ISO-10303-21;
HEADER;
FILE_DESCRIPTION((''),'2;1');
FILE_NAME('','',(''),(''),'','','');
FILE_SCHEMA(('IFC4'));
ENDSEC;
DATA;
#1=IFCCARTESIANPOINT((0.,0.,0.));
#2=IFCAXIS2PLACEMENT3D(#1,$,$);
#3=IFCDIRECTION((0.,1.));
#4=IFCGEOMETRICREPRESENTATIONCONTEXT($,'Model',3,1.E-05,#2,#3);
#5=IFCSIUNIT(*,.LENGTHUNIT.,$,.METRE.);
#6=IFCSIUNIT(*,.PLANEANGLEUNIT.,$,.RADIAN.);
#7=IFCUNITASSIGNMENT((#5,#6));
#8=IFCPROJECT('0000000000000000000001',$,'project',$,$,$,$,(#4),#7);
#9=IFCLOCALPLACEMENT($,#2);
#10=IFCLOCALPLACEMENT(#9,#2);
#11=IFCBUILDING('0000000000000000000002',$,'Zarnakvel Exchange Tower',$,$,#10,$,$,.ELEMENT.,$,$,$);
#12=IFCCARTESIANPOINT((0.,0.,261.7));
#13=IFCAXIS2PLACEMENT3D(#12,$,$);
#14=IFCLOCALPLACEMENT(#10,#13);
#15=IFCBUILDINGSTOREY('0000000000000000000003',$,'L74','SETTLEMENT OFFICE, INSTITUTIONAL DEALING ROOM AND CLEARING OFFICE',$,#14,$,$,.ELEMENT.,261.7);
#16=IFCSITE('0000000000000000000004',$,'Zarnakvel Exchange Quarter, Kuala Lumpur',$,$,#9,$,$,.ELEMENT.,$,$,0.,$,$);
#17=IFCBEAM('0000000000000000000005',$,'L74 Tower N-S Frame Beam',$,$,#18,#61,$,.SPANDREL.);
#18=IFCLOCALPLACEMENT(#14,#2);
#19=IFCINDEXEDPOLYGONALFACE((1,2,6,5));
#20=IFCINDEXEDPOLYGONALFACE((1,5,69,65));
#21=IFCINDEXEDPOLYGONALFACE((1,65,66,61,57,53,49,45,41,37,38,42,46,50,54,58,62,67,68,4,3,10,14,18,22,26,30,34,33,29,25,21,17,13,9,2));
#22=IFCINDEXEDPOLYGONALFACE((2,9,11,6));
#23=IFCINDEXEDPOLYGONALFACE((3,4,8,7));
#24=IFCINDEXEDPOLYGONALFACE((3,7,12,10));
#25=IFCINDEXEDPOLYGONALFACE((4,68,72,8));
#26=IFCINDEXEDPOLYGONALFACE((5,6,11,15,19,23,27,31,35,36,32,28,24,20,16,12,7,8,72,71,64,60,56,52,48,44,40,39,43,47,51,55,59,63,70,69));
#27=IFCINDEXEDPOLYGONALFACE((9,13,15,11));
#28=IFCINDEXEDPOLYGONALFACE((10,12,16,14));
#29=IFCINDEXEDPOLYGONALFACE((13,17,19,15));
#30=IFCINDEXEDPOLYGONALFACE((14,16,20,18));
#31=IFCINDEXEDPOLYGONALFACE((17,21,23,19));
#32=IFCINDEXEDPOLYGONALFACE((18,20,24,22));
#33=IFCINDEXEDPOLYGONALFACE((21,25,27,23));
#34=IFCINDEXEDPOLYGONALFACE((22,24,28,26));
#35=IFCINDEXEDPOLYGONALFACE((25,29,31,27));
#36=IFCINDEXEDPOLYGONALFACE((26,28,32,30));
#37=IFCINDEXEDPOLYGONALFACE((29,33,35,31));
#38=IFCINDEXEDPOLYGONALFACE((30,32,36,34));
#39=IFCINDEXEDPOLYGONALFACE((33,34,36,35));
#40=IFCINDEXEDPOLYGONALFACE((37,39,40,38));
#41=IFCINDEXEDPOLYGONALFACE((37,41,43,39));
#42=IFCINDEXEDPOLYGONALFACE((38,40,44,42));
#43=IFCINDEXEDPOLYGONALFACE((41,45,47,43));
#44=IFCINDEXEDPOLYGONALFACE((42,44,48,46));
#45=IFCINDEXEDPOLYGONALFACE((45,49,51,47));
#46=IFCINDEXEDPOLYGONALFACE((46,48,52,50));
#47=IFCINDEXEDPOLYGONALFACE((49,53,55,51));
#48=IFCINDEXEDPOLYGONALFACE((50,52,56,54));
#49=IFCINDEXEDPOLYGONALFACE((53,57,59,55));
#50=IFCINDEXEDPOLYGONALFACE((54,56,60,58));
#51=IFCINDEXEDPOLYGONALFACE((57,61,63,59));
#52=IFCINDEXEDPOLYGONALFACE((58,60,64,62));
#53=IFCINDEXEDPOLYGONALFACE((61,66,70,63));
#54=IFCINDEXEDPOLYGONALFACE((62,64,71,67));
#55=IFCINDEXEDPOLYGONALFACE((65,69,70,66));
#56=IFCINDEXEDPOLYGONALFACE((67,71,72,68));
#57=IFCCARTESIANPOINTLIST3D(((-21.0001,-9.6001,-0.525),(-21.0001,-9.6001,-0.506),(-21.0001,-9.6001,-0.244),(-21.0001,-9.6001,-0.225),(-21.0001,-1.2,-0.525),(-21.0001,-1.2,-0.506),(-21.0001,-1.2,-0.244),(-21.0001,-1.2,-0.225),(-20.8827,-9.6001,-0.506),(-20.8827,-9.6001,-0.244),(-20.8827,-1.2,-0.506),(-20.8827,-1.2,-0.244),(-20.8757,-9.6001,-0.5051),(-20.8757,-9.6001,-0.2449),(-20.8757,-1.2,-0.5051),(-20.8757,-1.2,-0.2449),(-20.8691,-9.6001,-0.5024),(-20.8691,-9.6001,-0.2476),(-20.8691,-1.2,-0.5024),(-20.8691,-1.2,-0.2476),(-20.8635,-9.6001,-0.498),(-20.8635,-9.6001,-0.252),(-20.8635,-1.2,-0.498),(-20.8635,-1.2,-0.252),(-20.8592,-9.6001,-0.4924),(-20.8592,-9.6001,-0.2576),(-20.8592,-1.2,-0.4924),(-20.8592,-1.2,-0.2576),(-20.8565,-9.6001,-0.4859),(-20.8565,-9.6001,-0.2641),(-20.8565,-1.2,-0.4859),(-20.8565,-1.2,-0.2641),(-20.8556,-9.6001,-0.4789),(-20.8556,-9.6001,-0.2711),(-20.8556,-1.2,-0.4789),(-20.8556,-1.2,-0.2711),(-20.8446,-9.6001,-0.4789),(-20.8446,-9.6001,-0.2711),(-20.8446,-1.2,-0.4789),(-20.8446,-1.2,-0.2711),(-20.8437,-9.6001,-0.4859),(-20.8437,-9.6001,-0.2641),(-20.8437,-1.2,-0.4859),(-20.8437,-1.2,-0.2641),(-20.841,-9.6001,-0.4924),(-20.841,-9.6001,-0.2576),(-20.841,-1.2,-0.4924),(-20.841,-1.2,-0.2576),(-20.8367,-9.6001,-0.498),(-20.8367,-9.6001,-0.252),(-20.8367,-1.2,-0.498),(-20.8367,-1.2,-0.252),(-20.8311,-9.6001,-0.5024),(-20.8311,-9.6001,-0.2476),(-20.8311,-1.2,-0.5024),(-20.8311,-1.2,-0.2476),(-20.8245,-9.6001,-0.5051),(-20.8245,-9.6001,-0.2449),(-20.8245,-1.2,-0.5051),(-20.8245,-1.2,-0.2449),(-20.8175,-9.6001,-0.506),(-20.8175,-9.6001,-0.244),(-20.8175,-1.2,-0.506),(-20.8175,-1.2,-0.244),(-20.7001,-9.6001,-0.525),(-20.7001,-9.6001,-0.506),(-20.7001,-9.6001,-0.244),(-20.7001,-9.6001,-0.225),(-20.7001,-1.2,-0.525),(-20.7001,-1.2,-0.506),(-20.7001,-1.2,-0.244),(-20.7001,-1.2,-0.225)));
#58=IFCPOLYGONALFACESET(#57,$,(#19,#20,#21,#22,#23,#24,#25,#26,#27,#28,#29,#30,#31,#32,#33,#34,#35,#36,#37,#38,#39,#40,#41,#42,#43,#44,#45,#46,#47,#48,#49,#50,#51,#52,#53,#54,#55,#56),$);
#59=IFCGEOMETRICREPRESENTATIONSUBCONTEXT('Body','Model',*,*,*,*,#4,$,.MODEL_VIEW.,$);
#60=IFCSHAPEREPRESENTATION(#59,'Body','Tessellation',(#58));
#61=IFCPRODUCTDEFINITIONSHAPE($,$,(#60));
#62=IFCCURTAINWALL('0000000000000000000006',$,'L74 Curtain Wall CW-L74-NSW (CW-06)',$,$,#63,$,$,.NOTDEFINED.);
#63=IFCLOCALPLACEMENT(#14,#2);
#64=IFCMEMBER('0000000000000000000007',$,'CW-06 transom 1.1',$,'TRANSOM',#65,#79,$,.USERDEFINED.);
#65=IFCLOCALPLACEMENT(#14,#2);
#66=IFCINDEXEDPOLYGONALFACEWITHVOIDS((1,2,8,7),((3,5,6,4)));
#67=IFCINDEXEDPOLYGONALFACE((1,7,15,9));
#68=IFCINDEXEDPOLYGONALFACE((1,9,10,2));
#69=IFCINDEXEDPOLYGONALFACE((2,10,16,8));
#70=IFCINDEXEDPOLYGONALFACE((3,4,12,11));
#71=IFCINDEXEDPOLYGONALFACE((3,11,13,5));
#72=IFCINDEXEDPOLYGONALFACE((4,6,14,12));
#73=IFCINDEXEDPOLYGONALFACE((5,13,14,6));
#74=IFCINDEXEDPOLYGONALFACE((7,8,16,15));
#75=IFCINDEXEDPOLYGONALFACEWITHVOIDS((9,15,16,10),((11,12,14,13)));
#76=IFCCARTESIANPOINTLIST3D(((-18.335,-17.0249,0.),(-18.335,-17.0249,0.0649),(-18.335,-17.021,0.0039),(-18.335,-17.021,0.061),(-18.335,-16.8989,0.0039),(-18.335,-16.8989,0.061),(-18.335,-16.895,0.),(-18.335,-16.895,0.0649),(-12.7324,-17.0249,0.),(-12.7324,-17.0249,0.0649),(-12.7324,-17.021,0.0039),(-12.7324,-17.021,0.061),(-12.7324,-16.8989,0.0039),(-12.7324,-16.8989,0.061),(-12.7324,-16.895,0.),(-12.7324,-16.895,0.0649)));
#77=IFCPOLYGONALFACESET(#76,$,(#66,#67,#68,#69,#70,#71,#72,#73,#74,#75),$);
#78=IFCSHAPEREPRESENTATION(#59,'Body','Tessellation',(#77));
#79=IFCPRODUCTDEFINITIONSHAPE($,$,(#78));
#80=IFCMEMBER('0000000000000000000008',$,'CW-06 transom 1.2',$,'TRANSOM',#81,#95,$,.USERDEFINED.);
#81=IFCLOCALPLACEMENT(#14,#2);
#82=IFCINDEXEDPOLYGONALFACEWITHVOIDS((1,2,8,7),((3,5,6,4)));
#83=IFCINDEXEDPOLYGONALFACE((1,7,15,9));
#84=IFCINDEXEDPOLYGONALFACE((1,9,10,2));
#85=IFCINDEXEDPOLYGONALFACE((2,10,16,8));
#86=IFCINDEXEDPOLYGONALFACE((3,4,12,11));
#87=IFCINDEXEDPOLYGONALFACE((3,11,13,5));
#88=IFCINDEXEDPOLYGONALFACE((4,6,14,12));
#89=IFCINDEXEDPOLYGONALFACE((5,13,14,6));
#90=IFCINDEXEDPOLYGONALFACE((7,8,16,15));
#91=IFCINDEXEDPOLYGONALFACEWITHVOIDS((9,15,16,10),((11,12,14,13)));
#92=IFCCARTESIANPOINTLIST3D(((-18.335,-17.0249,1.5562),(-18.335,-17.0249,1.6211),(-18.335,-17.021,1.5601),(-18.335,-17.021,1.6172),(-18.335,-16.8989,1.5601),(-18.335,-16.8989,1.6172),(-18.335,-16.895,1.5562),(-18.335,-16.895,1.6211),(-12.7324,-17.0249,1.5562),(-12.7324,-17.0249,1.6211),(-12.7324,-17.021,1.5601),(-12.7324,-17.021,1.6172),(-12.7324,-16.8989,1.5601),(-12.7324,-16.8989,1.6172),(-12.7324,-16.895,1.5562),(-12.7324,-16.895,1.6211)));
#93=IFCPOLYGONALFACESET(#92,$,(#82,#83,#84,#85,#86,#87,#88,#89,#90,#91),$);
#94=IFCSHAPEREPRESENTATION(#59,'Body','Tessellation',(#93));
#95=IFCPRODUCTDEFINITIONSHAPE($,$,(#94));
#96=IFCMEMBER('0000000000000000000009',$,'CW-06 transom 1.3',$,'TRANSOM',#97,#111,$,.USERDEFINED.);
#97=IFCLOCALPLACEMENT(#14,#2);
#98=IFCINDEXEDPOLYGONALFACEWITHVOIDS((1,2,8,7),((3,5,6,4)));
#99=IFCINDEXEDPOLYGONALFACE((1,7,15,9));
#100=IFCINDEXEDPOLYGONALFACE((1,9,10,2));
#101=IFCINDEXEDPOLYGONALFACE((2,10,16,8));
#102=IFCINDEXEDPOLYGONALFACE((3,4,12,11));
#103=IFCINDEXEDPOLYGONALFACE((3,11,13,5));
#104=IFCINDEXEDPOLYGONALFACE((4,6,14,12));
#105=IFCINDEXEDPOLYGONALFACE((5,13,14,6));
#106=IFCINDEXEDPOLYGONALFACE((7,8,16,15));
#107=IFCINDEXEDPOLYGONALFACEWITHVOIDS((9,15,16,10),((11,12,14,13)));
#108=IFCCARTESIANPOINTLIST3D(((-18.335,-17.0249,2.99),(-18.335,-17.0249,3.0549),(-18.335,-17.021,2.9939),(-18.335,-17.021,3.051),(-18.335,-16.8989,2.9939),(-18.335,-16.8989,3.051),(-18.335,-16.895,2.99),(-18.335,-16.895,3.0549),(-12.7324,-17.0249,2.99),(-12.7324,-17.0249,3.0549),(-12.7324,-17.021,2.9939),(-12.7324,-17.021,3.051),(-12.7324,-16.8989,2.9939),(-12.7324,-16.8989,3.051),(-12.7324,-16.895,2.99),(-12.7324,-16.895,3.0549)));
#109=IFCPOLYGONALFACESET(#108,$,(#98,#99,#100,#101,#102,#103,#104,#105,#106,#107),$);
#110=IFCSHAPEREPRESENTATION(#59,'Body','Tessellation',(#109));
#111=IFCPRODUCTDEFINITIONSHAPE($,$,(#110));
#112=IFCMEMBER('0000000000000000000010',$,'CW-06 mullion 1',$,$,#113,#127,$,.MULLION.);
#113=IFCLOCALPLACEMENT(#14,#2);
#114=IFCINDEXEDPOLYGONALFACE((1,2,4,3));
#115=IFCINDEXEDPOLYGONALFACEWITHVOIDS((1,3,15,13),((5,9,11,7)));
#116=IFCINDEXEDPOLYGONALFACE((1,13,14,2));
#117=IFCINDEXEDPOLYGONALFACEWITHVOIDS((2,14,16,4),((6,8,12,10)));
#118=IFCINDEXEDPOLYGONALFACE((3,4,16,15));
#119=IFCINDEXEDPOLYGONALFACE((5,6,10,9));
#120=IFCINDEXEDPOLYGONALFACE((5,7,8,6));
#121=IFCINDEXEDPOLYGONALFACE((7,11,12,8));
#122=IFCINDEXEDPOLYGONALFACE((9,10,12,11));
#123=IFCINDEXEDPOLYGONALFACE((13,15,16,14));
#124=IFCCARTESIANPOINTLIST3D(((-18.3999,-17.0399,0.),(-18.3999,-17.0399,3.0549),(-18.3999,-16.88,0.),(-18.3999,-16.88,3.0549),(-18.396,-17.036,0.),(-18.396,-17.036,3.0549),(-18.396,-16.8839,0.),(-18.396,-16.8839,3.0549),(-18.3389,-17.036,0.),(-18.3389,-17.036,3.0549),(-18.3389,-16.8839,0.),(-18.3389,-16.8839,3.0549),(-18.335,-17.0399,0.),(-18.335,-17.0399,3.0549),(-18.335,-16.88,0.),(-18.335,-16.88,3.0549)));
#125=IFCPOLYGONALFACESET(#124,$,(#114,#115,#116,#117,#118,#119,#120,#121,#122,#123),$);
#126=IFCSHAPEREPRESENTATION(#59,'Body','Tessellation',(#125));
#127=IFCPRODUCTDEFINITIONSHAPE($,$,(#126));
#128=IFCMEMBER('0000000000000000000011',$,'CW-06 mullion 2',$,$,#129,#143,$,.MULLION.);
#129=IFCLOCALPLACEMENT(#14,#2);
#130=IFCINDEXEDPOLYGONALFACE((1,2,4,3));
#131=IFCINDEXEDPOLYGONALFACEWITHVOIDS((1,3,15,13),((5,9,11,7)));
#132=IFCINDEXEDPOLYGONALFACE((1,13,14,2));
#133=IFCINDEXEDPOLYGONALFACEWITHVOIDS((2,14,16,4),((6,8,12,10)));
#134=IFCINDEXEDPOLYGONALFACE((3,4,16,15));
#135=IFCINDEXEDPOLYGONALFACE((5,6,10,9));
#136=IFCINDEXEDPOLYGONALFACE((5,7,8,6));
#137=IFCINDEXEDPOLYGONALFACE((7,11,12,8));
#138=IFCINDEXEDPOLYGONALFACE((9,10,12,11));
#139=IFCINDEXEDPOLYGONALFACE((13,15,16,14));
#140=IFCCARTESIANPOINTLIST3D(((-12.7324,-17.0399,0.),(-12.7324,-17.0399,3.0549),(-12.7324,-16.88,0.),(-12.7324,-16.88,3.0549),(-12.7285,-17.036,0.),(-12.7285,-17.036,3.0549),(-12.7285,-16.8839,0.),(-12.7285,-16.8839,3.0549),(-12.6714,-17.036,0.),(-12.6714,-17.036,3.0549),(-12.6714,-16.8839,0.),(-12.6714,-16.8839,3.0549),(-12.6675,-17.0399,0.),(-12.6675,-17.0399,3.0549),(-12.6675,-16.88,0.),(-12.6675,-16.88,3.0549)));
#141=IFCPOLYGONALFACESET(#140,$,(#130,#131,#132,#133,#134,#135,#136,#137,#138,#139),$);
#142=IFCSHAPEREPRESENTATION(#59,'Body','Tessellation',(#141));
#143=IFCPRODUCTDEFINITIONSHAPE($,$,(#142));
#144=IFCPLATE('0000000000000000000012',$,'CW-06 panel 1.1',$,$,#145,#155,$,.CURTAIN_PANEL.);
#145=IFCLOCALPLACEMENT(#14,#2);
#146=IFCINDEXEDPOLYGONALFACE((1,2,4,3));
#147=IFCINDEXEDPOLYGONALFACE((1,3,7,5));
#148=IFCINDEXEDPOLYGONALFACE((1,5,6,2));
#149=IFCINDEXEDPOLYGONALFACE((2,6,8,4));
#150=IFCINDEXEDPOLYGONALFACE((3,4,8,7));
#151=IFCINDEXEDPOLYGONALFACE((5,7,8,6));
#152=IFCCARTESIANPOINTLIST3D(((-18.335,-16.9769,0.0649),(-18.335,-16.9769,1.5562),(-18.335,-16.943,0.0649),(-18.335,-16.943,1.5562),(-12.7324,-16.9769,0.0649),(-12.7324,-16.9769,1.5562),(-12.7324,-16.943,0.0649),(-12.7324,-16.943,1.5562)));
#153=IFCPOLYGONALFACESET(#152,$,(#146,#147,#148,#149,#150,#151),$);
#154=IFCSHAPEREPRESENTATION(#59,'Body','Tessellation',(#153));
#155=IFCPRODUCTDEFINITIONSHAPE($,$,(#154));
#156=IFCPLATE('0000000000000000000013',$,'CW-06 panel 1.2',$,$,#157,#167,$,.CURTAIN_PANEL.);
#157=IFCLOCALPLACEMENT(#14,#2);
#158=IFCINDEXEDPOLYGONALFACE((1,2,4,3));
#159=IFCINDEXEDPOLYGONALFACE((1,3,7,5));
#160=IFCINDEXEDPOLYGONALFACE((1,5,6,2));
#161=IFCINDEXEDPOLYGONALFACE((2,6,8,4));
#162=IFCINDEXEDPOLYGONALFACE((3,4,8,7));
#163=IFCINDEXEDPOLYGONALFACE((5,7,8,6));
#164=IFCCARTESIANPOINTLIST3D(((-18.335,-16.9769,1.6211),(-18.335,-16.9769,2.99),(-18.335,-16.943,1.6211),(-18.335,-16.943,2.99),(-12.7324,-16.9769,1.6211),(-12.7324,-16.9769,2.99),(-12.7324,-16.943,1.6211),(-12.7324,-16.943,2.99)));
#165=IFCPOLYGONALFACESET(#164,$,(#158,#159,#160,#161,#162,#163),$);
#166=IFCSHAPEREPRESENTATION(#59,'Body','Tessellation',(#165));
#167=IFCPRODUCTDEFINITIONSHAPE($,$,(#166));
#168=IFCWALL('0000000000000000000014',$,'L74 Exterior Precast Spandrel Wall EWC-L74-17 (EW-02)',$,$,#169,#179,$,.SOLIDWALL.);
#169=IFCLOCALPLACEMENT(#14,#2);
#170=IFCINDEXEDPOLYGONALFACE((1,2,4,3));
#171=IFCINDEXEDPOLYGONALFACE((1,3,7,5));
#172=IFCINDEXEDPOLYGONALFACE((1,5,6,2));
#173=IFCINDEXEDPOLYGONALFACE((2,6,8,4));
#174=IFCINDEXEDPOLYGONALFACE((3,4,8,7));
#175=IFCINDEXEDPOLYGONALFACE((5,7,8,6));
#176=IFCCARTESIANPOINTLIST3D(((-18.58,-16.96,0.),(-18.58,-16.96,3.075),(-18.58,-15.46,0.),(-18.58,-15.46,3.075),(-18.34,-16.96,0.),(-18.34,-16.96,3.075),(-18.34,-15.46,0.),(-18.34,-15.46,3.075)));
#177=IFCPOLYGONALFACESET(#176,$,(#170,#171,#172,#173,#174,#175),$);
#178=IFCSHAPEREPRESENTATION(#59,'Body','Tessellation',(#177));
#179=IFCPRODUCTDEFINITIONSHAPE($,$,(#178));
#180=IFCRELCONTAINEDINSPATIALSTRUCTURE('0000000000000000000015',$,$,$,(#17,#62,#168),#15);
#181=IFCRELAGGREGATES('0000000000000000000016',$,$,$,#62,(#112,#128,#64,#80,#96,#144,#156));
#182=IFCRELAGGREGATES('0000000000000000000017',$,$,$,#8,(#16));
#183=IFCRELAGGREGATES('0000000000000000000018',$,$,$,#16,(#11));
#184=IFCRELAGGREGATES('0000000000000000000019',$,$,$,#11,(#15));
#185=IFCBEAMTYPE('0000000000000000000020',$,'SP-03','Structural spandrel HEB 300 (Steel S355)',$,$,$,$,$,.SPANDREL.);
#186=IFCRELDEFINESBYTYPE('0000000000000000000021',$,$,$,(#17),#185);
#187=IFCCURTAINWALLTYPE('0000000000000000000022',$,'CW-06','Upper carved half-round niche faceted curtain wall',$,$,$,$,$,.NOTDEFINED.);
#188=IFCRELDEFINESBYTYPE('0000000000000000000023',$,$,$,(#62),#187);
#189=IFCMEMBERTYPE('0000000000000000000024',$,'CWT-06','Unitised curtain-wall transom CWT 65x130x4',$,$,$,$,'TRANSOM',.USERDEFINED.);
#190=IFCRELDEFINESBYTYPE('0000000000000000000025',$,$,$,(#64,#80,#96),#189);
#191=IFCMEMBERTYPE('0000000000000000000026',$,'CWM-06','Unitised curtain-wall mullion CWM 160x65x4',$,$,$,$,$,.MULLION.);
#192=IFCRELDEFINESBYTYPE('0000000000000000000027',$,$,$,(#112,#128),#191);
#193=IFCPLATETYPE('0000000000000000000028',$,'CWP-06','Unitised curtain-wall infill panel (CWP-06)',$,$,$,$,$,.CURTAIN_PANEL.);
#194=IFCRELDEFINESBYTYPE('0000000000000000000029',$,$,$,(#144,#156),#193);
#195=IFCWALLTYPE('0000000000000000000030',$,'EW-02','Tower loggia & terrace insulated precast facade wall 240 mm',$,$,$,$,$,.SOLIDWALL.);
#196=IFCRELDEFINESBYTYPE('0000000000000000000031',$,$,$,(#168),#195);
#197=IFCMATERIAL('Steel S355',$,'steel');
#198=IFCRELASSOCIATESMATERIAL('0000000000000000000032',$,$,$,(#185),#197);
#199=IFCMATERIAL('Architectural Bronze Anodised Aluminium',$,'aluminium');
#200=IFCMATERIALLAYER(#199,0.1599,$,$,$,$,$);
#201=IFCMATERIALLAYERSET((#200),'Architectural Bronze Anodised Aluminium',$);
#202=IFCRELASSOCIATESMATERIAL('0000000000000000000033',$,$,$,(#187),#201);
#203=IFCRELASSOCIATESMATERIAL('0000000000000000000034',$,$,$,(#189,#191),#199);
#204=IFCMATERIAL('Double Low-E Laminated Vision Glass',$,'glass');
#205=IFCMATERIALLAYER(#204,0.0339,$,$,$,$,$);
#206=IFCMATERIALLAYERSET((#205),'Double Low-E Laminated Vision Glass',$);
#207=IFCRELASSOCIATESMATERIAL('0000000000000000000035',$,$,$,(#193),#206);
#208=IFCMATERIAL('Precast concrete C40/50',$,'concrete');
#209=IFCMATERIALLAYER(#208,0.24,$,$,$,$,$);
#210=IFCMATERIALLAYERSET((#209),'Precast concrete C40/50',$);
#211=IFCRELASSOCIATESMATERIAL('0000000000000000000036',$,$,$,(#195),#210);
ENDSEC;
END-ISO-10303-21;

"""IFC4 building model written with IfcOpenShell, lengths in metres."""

from ifc_helpers import new_model, si_unit, direction, frame, frame_2d, origin, origin_2d, place, context, subcontext, project, spatial, rectangle, hollow_rectangle, i_section, extrude, source, transform, mapped, material, layer, layer_set, material_profile, profile_set, type_object, element, aggregate, save


model = new_model("IFC4")

# Units and contexts
model_context = context("Model", 3, precision=1e-05, world=origin(), true_north=direction((0.0, 1.0)))
body_context = subcontext(model_context, "Body", "Model", "MODEL_VIEW")
ifc_project = project(units=[si_unit("LENGTHUNIT", "METRE"), si_unit("PLANEANGLEUNIT", "RADIAN")], contexts=[model_context])

# Site, building, storey
site_placement = place(None, origin())
site = spatial("IfcSite", under=ifc_project, at=site_placement, Name="Zarnakvel Exchange Quarter, Kuala Lumpur", CompositionType="ELEMENT", RefElevation=0.0)
building_placement = place(site_placement, origin())
building = spatial("IfcBuilding", under=site, at=building_placement, Name="Zarnakvel Exchange Tower", CompositionType="ELEMENT")
storey_placement = place(building_placement, frame((0.0, 0.0, 261.7)))
storey = spatial("IfcBuildingStorey", under=building, at=storey_placement, Name="L74", Description="SETTLEMENT OFFICE, INSTITUTIONAL DEALING ROOM AND CLEARING OFFICE", CompositionType="ELEMENT", Elevation=261.7)

# Shared definitions
ifc_material_1 = material(Name="Steel S355", Category="steel")

# Beam
ifc_material_profile_1 = material_profile(ifc_material_1, i_section(OverallWidth=0.3, OverallDepth=0.3, WebThickness=0.011, FlangeThickness=0.019, FilletRadius=0.0271, at=origin_2d()))
ifc_profile_set_1 = profile_set([ifc_material_profile_1], Name="Steel S355")
beam_type_1 = type_object("IfcBeamType", Name="SP-03", Description="Structural spandrel HEB 300 (Steel S355)", PredefinedType="SPANDREL", material=ifc_profile_set_1)
beam_1_placement = place(storey_placement, frame((-20.8501, -9.6001, -0.375), z_axis=(0.0, 1.0, 0.0), x_axis=(-1.0, 0.0, 0.0)))
element("IfcBeam", 1, at=beam_1_placement, inside=storey, type_object=beam_type_1, Name="L74 Tower N-S Frame Beam", PredefinedType="SPANDREL", context=body_context, shape_type="SweptSolid", body=[
    extrude(i_section(OverallWidth=0.3, OverallDepth=0.3, WebThickness=0.011, FlangeThickness=0.019, FilletRadius=0.0271, at=origin_2d()), origin(), (0.0, 0.0, 1.0), 8.4001),
])

# Curtain wall, members, plates
ifc_material_2 = material(Name="Architectural Bronze Anodised Aluminium", Category="aluminium")
ifc_layer_1 = layer(ifc_material_2, 0.1599)
ifc_layer_set_1 = layer_set([ifc_layer_1], Name="Architectural Bronze Anodised Aluminium")
curtain_wall_type = type_object("IfcCurtainWallType", Name="CW-06", Description="Upper carved half-round niche faceted curtain wall", PredefinedType="NOTDEFINED", material=ifc_layer_set_1)
curtain_wall_placement = place(storey_placement, origin())
curtain_wall = element("IfcCurtainWall", 2, at=curtain_wall_placement, inside=storey, type_object=curtain_wall_type, Name="L74 Curtain Wall CW-L74-NSW (CW-06)", PredefinedType="NOTDEFINED")
ifc_material_profile_2 = material_profile(ifc_material_2, hollow_rectangle(XDim=0.1299, YDim=0.0649, WallThickness=0.0039, at=origin_2d()))
ifc_profile_set_2 = profile_set([ifc_material_profile_2], Name="Architectural Bronze Anodised Aluminium")
member_type_1 = type_object("IfcMemberType", Name="CWT-06", Description="Unitised curtain-wall transom CWT 65x130x4", ElementType="TRANSOM", PredefinedType="USERDEFINED", material=ifc_profile_set_2)
shared_shape_1 = source(origin(), body_context, "Body", "SweptSolid", [
    extrude(hollow_rectangle(XDim=0.1299, YDim=0.0649, WallThickness=0.0039, at=origin_2d()), origin(), (0.0, 0.0, 1.0), 5.6025),
])
member_1_placement = place(storey_placement, frame((-18.335, -16.96, 0.0325), z_axis=(1.0, 0.0, 0.0), x_axis=(0.0, 1.0, 0.0)))
member_1 = element("IfcMember", 3, at=member_1_placement, type_object=member_type_1, Name="CW-06 transom 1.1", ObjectType="TRANSOM", PredefinedType="USERDEFINED", context=body_context, shape_type="MappedRepresentation", body=[
    mapped(shared_shape_1, transform((0.0, 0.0, 0.0), x_axis=(1.0, 0.0, 0.0), y_axis=(0.0, 1.0, 0.0), z_axis=(0.0, 0.0, 1.0), scale=1.0)),
])
member_2_placement = place(storey_placement, frame((-18.335, -16.96, 1.5886), z_axis=(1.0, 0.0, 0.0), x_axis=(0.0, 1.0, 0.0)))
member_2 = element("IfcMember", 4, at=member_2_placement, type_object=member_type_1, Name="CW-06 transom 1.2", ObjectType="TRANSOM", PredefinedType="USERDEFINED", context=body_context, shape_type="MappedRepresentation", body=[
    mapped(shared_shape_1, transform((0.0, 0.0, 0.0), x_axis=(1.0, 0.0, 0.0), y_axis=(0.0, 1.0, 0.0), z_axis=(0.0, 0.0, 1.0), scale=1.0)),
])
member_3_placement = place(storey_placement, frame((-18.335, -16.96, 3.0225), z_axis=(1.0, 0.0, 0.0), x_axis=(0.0, 1.0, 0.0)))
member_3 = element("IfcMember", 5, at=member_3_placement, type_object=member_type_1, Name="CW-06 transom 1.3", ObjectType="TRANSOM", PredefinedType="USERDEFINED", context=body_context, shape_type="MappedRepresentation", body=[
    mapped(shared_shape_1, transform((0.0, 0.0, 0.0), x_axis=(1.0, 0.0, 0.0), y_axis=(0.0, 1.0, 0.0), z_axis=(0.0, 0.0, 1.0), scale=1.0)),
])
ifc_material_profile_3 = material_profile(ifc_material_2, hollow_rectangle(XDim=0.1599, YDim=0.0649, WallThickness=0.0039, at=origin_2d()))
ifc_profile_set_3 = profile_set([ifc_material_profile_3], Name="Architectural Bronze Anodised Aluminium")
member_type_2 = type_object("IfcMemberType", Name="CWM-06", Description="Unitised curtain-wall mullion CWM 160x65x4", PredefinedType="MULLION", material=ifc_profile_set_3)
shared_shape_2 = source(origin(), body_context, "Body", "SweptSolid", [
    extrude(hollow_rectangle(XDim=0.1599, YDim=0.0649, WallThickness=0.0039, at=origin_2d()), origin(), (0.0, 0.0, 1.0), 3.0549),
])
member_4_placement = place(storey_placement, frame((-18.3674, -16.96, 0.0), z_axis=(0.0, 0.0, 1.0), x_axis=(0.0, 1.0, 0.0)))
member_4 = element("IfcMember", 6, at=member_4_placement, type_object=member_type_2, Name="CW-06 mullion 1", PredefinedType="MULLION", context=body_context, shape_type="MappedRepresentation", body=[
    mapped(shared_shape_2, transform((0.0, 0.0, 0.0), x_axis=(1.0, 0.0, 0.0), y_axis=(0.0, 1.0, 0.0), z_axis=(0.0, 0.0, 1.0), scale=1.0)),
])
member_5_placement = place(storey_placement, frame((-12.7, -16.96, 0.0), z_axis=(0.0, 0.0, 1.0), x_axis=(0.0, 1.0, 0.0)))
member_5 = element("IfcMember", 7, at=member_5_placement, type_object=member_type_2, Name="CW-06 mullion 2", PredefinedType="MULLION", context=body_context, shape_type="MappedRepresentation", body=[
    mapped(shared_shape_2, transform((0.0, 0.0, 0.0), x_axis=(1.0, 0.0, 0.0), y_axis=(0.0, 1.0, 0.0), z_axis=(0.0, 0.0, 1.0), scale=1.0)),
])
ifc_material_3 = material(Name="Double Low-E Laminated Vision Glass", Category="glass")
ifc_layer_2 = layer(ifc_material_3, 0.0339)
ifc_layer_set_2 = layer_set([ifc_layer_2], Name="Double Low-E Laminated Vision Glass")
plate_type = type_object("IfcPlateType", Name="CWP-06", Description="Unitised curtain-wall infill panel (CWP-06)", PredefinedType="CURTAIN_PANEL", material=ifc_layer_set_2)
shared_shape_3 = source(origin(), body_context, "Body", "SweptSolid", [
    extrude(rectangle(XDim=5.6025, YDim=0.0339, at=origin_2d()), origin(), (0.0, 0.0, 1.0), 1.4912),
])
plate_1_placement = place(storey_placement, frame((-15.5337, -16.96, 0.0649), z_axis=(0.0, 0.0, 1.0), x_axis=(1.0, 0.0, 0.0)))
plate_1 = element("IfcPlate", 8, at=plate_1_placement, type_object=plate_type, Name="CW-06 panel 1.1", PredefinedType="CURTAIN_PANEL", context=body_context, shape_type="MappedRepresentation", body=[
    mapped(shared_shape_3, transform((0.0, 0.0, 0.0), x_axis=(1.0, 0.0, 0.0), y_axis=(0.0, 1.0, 0.0), z_axis=(0.0, 0.0, 1.0), scale=1.0)),
])
shared_shape_4 = source(origin(), body_context, "Body", "SweptSolid", [
    extrude(rectangle(XDim=5.6025, YDim=0.0339, at=origin_2d()), origin(), (0.0, 0.0, 1.0), 1.3689),
])
plate_2_placement = place(storey_placement, frame((-15.5337, -16.96, 1.6211), z_axis=(0.0, 0.0, 1.0), x_axis=(1.0, 0.0, 0.0)))
plate_2 = element("IfcPlate", 9, at=plate_2_placement, type_object=plate_type, Name="CW-06 panel 1.2", PredefinedType="CURTAIN_PANEL", context=body_context, shape_type="MappedRepresentation", body=[
    mapped(shared_shape_4, transform((0.0, 0.0, 0.0), x_axis=(1.0, 0.0, 0.0), y_axis=(0.0, 1.0, 0.0), z_axis=(0.0, 0.0, 1.0), scale=1.0)),
])
aggregate(curtain_wall, [member_4, member_5, member_1, member_2, member_3, plate_1, plate_2])

# Wall
ifc_material_4 = material(Name="Precast concrete C40/50", Category="concrete")
ifc_layer_3 = layer(ifc_material_4, 0.24)
ifc_layer_set_3 = layer_set([ifc_layer_3], Name="Precast concrete C40/50")
wall_type_1 = type_object("IfcWallType", Name="EW-02", Description="Tower loggia & terrace insulated precast facade wall 240 mm", PredefinedType="SOLIDWALL", material=ifc_layer_set_3)
for number, where, z_axis, x_axis, name in (
    (10, (-18.46, -15.46, 0.0), (0.0, 0.0, 1.0), (0.0, -1.0, 0.0), "L74 Exterior Precast Spandrel Wall EWC-L74-17 (EW-02)"),
):
    element("IfcWall", number, at=place(storey_placement, frame(where, z_axis=z_axis, x_axis=x_axis)), inside=storey, type_object=wall_type_1, Name=name, PredefinedType="SOLIDWALL", context=body_context, shape_type="SweptSolid", body=[
        extrude(rectangle(XDim=1.5, YDim=0.24, at=frame_2d((0.75, 0.0))), origin(), (0.0, 0.0, 1.0), 3.075),
    ])

save(model, "model.ifc")
